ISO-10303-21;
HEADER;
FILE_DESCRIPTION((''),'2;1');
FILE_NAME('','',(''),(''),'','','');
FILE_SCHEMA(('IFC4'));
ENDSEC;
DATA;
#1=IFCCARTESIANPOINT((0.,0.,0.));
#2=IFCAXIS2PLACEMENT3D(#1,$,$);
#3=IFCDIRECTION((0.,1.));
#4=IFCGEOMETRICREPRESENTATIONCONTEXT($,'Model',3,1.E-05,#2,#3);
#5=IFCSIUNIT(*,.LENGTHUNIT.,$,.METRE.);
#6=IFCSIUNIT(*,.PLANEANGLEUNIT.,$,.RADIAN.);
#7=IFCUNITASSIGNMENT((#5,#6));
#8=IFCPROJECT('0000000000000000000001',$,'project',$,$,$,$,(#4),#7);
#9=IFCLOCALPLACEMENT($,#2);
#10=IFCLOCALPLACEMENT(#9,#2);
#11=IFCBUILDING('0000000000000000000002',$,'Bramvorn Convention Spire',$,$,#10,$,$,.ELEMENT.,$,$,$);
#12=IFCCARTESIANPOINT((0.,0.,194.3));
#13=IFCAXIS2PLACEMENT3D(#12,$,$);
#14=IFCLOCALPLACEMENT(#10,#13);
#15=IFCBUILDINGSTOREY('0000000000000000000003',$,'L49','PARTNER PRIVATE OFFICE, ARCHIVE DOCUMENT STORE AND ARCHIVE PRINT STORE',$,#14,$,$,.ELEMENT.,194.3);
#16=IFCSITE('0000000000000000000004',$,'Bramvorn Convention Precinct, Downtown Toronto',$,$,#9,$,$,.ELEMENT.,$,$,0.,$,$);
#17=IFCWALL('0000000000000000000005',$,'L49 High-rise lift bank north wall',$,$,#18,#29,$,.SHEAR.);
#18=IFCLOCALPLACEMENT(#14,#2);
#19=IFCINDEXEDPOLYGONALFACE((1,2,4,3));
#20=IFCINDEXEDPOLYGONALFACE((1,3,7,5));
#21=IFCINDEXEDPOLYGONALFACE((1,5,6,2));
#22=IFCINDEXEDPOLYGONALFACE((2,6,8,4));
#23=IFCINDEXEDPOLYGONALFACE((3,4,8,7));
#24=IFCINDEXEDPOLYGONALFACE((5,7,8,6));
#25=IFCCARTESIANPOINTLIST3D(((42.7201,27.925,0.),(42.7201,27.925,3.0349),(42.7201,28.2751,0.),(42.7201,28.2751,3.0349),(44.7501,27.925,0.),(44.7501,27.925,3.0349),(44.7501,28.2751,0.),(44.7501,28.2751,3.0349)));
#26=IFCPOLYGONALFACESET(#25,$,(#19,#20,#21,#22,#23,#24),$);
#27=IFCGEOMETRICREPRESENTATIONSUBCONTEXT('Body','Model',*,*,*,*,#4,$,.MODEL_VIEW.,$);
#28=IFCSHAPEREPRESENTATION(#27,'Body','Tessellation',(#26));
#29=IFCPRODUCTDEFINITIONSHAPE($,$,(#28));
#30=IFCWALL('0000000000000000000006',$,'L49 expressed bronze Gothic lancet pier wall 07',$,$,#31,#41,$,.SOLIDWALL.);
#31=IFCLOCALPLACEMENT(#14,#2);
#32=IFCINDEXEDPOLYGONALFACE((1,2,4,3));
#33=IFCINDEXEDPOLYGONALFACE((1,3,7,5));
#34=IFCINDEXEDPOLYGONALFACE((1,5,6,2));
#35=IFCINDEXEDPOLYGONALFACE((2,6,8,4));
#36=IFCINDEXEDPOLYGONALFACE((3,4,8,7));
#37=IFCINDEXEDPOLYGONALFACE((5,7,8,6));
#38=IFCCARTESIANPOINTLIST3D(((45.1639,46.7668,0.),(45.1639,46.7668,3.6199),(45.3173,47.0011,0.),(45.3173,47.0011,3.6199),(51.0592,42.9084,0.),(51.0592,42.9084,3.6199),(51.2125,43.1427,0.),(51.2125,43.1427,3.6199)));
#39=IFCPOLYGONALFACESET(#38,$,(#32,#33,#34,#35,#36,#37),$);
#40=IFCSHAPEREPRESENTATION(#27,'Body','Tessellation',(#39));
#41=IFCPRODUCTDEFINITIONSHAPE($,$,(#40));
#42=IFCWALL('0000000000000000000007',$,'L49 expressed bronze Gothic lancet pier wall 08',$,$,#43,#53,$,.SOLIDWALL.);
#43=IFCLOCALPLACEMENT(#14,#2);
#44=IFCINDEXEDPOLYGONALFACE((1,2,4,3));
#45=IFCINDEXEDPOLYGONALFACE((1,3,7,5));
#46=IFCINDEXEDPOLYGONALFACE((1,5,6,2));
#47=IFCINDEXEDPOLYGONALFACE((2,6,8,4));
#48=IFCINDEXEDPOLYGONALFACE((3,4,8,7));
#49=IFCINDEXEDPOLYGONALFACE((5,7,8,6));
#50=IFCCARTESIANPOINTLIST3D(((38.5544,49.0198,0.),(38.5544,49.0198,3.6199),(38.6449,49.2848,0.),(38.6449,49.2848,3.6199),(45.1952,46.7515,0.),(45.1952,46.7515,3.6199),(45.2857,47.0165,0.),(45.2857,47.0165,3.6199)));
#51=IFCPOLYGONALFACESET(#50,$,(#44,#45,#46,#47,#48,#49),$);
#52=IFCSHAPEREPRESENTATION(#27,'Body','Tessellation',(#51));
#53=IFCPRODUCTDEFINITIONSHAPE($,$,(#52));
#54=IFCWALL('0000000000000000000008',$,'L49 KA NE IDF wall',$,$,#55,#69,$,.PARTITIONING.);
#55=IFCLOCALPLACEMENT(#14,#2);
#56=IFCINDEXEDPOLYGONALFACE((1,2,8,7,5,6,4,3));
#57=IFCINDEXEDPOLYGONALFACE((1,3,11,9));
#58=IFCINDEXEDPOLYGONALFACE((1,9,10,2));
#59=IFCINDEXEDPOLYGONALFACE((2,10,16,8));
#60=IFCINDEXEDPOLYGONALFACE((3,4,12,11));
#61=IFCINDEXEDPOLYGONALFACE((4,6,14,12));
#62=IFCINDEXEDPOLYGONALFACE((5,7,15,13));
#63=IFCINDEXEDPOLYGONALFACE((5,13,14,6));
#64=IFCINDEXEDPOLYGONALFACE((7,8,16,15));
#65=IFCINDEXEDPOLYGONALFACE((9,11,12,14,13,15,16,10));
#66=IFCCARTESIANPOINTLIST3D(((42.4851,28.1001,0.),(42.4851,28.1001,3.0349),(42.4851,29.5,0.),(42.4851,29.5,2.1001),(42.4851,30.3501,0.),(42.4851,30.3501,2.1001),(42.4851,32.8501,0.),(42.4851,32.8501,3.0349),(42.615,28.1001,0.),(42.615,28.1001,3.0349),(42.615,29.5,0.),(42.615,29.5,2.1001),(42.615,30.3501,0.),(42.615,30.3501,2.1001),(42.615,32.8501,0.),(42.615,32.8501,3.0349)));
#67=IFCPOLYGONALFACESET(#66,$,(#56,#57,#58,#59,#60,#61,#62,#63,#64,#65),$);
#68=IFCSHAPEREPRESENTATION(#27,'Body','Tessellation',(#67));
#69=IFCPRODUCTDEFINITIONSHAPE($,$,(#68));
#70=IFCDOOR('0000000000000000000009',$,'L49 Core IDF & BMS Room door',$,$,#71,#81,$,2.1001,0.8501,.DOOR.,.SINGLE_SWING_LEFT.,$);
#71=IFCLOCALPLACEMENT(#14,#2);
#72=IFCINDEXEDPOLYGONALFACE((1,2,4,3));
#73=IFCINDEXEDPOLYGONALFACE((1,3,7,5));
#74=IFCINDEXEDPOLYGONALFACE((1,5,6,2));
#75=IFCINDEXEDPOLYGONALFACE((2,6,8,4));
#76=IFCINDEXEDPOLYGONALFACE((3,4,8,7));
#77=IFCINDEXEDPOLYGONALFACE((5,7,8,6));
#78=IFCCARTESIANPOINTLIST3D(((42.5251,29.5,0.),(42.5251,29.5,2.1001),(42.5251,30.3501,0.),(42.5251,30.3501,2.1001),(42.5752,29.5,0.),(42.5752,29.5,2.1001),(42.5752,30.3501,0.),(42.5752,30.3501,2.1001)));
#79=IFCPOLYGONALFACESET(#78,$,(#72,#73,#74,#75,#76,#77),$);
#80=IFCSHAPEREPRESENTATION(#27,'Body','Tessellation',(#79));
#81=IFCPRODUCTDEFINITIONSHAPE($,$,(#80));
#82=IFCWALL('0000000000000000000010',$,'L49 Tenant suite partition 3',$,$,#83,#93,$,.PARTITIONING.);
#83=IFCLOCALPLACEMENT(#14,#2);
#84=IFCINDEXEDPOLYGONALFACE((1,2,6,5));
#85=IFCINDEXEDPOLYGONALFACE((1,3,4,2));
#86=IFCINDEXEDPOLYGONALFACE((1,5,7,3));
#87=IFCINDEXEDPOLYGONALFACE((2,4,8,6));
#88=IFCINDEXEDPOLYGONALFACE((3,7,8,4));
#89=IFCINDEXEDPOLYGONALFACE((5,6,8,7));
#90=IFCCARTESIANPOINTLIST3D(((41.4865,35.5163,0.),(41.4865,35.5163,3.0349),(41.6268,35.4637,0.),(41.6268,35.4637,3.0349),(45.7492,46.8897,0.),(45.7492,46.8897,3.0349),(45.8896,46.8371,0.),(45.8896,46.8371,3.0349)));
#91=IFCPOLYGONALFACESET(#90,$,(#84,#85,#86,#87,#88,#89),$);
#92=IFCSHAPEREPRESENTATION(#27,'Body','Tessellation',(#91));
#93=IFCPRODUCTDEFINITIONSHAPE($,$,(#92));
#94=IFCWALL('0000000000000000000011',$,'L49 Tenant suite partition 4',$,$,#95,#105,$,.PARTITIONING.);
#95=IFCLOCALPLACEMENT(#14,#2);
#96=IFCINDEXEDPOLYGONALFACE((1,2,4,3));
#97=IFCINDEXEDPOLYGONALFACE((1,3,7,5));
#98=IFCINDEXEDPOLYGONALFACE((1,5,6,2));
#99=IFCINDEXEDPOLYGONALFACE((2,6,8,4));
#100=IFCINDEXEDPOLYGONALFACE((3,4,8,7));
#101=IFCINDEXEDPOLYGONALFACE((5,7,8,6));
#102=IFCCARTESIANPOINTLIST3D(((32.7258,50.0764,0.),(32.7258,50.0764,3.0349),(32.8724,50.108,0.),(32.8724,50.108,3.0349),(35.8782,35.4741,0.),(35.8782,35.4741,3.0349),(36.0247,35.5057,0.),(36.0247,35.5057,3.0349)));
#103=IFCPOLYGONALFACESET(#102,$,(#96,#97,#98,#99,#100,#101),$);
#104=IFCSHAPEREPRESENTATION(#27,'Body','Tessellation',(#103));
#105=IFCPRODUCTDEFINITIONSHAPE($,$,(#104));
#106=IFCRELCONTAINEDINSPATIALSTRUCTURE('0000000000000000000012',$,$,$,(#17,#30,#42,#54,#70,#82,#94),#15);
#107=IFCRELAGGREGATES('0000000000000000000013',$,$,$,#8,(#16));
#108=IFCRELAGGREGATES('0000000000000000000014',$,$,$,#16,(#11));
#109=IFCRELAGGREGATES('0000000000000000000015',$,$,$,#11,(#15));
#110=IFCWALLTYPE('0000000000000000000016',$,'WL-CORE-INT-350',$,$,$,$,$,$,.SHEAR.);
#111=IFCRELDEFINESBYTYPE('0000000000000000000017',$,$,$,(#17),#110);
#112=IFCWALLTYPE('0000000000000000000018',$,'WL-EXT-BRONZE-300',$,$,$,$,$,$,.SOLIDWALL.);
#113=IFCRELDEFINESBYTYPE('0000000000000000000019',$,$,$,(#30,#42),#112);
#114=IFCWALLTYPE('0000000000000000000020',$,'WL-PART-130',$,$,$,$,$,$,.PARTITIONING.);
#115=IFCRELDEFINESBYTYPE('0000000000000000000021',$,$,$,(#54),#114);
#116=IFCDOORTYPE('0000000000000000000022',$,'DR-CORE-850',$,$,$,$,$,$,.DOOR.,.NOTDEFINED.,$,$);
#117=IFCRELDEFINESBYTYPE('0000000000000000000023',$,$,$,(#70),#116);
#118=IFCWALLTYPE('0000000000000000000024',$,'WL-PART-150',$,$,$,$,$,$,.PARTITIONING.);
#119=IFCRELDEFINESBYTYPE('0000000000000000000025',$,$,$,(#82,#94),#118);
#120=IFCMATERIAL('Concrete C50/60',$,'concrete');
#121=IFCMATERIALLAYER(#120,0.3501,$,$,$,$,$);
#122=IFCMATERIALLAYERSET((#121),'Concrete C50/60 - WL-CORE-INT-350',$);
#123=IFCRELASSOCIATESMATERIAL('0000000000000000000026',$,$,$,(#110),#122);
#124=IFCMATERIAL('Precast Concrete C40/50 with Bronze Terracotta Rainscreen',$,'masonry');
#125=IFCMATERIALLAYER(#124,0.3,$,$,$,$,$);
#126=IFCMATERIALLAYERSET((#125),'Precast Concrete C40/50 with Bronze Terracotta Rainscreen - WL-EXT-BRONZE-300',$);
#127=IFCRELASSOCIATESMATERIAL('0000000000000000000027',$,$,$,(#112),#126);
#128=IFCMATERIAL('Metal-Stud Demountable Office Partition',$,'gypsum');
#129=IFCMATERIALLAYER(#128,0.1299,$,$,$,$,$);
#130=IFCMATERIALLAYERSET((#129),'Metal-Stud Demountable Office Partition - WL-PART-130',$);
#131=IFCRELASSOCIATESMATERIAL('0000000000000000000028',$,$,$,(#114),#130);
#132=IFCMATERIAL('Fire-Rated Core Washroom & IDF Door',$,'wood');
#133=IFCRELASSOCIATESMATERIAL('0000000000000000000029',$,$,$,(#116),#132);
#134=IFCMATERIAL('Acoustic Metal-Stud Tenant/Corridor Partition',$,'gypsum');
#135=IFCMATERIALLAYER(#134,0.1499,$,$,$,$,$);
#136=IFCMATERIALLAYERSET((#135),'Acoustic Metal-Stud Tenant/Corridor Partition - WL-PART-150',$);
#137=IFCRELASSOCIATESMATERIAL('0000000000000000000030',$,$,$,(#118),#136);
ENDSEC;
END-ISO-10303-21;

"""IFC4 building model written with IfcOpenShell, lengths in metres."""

from ifc_helpers import new_model, si_unit, direction, frame, frame_2d, origin, place, context, subcontext, project, spatial, rectangle, extrude, material, layer, layer_set, type_object, element, fill, save


model = new_model("IFC4")

# Units and contexts
model_context = context("Model", 3, precision=1e-05, world=origin(), true_north=direction((0.0, 1.0)))
body_context = subcontext(model_context, "Body", "Model", "MODEL_VIEW")
ifc_project = project(units=[si_unit("LENGTHUNIT", "METRE"), si_unit("PLANEANGLEUNIT", "RADIAN")], contexts=[model_context])

# Site, building, storey
site_placement = place(None, origin())
site = spatial("IfcSite", under=ifc_project, at=site_placement, Name="Bramvorn Convention Precinct, Downtown Toronto", CompositionType="ELEMENT", RefElevation=0.0)
building_placement = place(site_placement, origin())
building = spatial("IfcBuilding", under=site, at=building_placement, Name="Bramvorn Convention Spire", CompositionType="ELEMENT")
storey_placement = place(building_placement, frame((0.0, 0.0, 194.3)))
storey = spatial("IfcBuildingStorey", under=building, at=storey_placement, Name="L49", Description="PARTNER PRIVATE OFFICE, ARCHIVE DOCUMENT STORE AND ARCHIVE PRINT STORE", CompositionType="ELEMENT", Elevation=194.3)

# Shared definitions
ifc_material_1 = material(Name="Concrete C50/60", Category="concrete")
ifc_layer_1 = layer(ifc_material_1, 0.3501)
ifc_layer_set_1 = layer_set([ifc_layer_1], Name="Concrete C50/60 - WL-CORE-INT-350")
wall_type_1 = type_object("IfcWallType", Name="WL-CORE-INT-350", PredefinedType="SHEAR", material=ifc_layer_set_1)

# Walls
wall_1_placement = place(storey_placement, frame((42.72, 28.1001, 0.0), z_axis=(0.0, 0.0, 1.0), x_axis=(1.0, 0.0, 0.0)))
element("IfcWall", 1, at=wall_1_placement, inside=storey, type_object=wall_type_1, Name="L49 High-rise lift bank north wall", PredefinedType="SHEAR", context=body_context, shape_type="SweptSolid", body=[
    extrude(rectangle(XDim=2.03, YDim=0.3501, at=frame_2d((1.0151, 0.0))), origin(), (0.0, 0.0, 1.0), 3.0349),
])
ifc_material_2 = material(Name="Precast Concrete C40/50 with Bronze Terracotta Rainscreen", Category="masonry")
ifc_layer_2 = layer(ifc_material_2, 0.3)
ifc_layer_set_2 = layer_set([ifc_layer_2], Name="Precast Concrete C40/50 with Bronze Terracotta Rainscreen - WL-EXT-BRONZE-300")
wall_type_2 = type_object("IfcWallType", Name="WL-EXT-BRONZE-300", PredefinedType="SOLIDWALL", material=ifc_layer_set_2)
wall_2_placement = place(storey_placement, frame((45.2405, 46.884, 0.0), z_axis=(0.0, 0.0, 1.0), x_axis=(0.836722, -0.547627, 0.0)))
element("IfcWall", 2, at=wall_2_placement, inside=storey, type_object=wall_type_2, Name="L49 expressed bronze Gothic lancet pier wall 07", PredefinedType="SOLIDWALL", context=body_context, shape_type="SweptSolid", body=[
    extrude(rectangle(XDim=7.0457, YDim=0.28, at=frame_2d((3.5229, 0.0))), origin(), (0.0, 0.0, 1.0), 3.6199),
])
wall_3_placement = place(storey_placement, frame((38.5996, 49.1523, 0.0), z_axis=(0.0, 0.0, 1.0), x_axis=(0.946319, -0.323233, 0.0)))
element("IfcWall", 3, at=wall_3_placement, inside=storey, type_object=wall_type_2, Name="L49 expressed bronze Gothic lancet pier wall 08", PredefinedType="SOLIDWALL", context=body_context, shape_type="SweptSolid", body=[
    extrude(rectangle(XDim=7.0176, YDim=0.28, at=frame_2d((3.5088, 0.0))), origin(), (0.0, 0.0, 1.0), 3.6199),
])

# Wall, opening, door
ifc_material_3 = material(Name="Metal-Stud Demountable Office Partition", Category="gypsum")
ifc_layer_3 = layer(ifc_material_3, 0.1299)
ifc_layer_set_3 = layer_set([ifc_layer_3], Name="Metal-Stud Demountable Office Partition - WL-PART-130")
wall_type_3 = type_object("IfcWallType", Name="WL-PART-130", PredefinedType="PARTITIONING", material=ifc_layer_set_3)
wall_4_placement = place(storey_placement, frame((42.55, 28.1001, 0.0), z_axis=(0.0, 0.0, 1.0), x_axis=(0.0, 1.0, 0.0)))
wall_4 = element("IfcWall", 4, at=wall_4_placement, inside=storey, type_object=wall_type_3, Name="L49 KA NE IDF wall", PredefinedType="PARTITIONING", context=body_context, shape_type="SweptSolid", body=[
    extrude(rectangle(XDim=4.75, YDim=0.1299, at=frame_2d((2.375, 0.0))), origin(), (0.0, 0.0, 1.0), 3.0349),
])
opening_1_placement = place(wall_4_placement, frame((1.3999, 0.0, 0.0)))
opening_1 = element("IfcOpeningElement", 5, at=opening_1_placement, cuts=wall_4, PredefinedType="OPENING", context=body_context, shape_type="SweptSolid", body=[
    extrude(rectangle(XDim=0.8501, YDim=2.1001, at=frame_2d((0.425, 1.05))), frame((0.0, 0.075, 0.0), z_axis=(0.0, -1.0, 0.0), x_axis=(1.0, 0.0, 0.0)), (0.0, 0.0, 1.0), 0.1499),
])
ifc_material_4 = material(Name="Fire-Rated Core Washroom & IDF Door", Category="wood")
door_type_1 = type_object("IfcDoorType", Name="DR-CORE-850", OperationType="NOTDEFINED", PredefinedType="DOOR", material=ifc_material_4)
door_1_placement = place(opening_1_placement, origin())
door_1 = element("IfcDoor", 6, at=door_1_placement, inside=storey, type_object=door_type_1, Name="L49 Core IDF & BMS Room door", OperationType="SINGLE_SWING_LEFT", OverallHeight=2.1001, OverallWidth=0.8501, PredefinedType="DOOR", context=body_context, shape_type="SweptSolid", body=[
    extrude(rectangle(XDim=0.8501, YDim=2.1001, at=frame_2d((0.425, 1.05))), frame((0.0, 0.0249, 0.0), z_axis=(0.0, -1.0, 0.0), x_axis=(1.0, 0.0, 0.0)), (0.0, 0.0, 1.0), 0.05),
])
fill(opening_1, door_1)

# Walls
ifc_material_5 = material(Name="Acoustic Metal-Stud Tenant/Corridor Partition", Category="gypsum")
ifc_layer_4 = layer(ifc_material_5, 0.1499)
ifc_layer_set_4 = layer_set([ifc_layer_4], Name="Acoustic Metal-Stud Tenant/Corridor Partition - WL-PART-150")
wall_type_4 = type_object("IfcWallType", Name="WL-PART-150", PredefinedType="PARTITIONING", material=ifc_layer_set_4)
wall_5_placement = place(storey_placement, frame((41.5566, 35.49, 0.0), z_axis=(0.0, 0.0, 1.0), x_axis=(0.350958, 0.936391, 0.0)))
element("IfcWall", 7, at=wall_5_placement, inside=storey, type_object=wall_type_4, Name="L49 Tenant suite partition 3", PredefinedType="PARTITIONING", context=body_context, shape_type="SweptSolid", body=[
    extrude(rectangle(XDim=12.146, YDim=0.1499, at=frame_2d((6.073, 0.0))), origin(), (0.0, 0.0, 1.0), 3.0349),
])
wall_6_placement = place(storey_placement, frame((35.9514, 35.49, 0.0), z_axis=(0.0, 0.0, 1.0), x_axis=(-0.211019, 0.977482, 0.0)))
element("IfcWall", 8, at=wall_6_placement, inside=storey, type_object=wall_type_4, Name="L49 Tenant suite partition 4", PredefinedType="PARTITIONING", context=body_context, shape_type="SweptSolid", body=[
    extrude(rectangle(XDim=14.9387, YDim=0.1499, at=frame_2d((7.4692, 0.0))), origin(), (0.0, 0.0, 1.0), 3.0349),
])

save(model, "model.ifc")
